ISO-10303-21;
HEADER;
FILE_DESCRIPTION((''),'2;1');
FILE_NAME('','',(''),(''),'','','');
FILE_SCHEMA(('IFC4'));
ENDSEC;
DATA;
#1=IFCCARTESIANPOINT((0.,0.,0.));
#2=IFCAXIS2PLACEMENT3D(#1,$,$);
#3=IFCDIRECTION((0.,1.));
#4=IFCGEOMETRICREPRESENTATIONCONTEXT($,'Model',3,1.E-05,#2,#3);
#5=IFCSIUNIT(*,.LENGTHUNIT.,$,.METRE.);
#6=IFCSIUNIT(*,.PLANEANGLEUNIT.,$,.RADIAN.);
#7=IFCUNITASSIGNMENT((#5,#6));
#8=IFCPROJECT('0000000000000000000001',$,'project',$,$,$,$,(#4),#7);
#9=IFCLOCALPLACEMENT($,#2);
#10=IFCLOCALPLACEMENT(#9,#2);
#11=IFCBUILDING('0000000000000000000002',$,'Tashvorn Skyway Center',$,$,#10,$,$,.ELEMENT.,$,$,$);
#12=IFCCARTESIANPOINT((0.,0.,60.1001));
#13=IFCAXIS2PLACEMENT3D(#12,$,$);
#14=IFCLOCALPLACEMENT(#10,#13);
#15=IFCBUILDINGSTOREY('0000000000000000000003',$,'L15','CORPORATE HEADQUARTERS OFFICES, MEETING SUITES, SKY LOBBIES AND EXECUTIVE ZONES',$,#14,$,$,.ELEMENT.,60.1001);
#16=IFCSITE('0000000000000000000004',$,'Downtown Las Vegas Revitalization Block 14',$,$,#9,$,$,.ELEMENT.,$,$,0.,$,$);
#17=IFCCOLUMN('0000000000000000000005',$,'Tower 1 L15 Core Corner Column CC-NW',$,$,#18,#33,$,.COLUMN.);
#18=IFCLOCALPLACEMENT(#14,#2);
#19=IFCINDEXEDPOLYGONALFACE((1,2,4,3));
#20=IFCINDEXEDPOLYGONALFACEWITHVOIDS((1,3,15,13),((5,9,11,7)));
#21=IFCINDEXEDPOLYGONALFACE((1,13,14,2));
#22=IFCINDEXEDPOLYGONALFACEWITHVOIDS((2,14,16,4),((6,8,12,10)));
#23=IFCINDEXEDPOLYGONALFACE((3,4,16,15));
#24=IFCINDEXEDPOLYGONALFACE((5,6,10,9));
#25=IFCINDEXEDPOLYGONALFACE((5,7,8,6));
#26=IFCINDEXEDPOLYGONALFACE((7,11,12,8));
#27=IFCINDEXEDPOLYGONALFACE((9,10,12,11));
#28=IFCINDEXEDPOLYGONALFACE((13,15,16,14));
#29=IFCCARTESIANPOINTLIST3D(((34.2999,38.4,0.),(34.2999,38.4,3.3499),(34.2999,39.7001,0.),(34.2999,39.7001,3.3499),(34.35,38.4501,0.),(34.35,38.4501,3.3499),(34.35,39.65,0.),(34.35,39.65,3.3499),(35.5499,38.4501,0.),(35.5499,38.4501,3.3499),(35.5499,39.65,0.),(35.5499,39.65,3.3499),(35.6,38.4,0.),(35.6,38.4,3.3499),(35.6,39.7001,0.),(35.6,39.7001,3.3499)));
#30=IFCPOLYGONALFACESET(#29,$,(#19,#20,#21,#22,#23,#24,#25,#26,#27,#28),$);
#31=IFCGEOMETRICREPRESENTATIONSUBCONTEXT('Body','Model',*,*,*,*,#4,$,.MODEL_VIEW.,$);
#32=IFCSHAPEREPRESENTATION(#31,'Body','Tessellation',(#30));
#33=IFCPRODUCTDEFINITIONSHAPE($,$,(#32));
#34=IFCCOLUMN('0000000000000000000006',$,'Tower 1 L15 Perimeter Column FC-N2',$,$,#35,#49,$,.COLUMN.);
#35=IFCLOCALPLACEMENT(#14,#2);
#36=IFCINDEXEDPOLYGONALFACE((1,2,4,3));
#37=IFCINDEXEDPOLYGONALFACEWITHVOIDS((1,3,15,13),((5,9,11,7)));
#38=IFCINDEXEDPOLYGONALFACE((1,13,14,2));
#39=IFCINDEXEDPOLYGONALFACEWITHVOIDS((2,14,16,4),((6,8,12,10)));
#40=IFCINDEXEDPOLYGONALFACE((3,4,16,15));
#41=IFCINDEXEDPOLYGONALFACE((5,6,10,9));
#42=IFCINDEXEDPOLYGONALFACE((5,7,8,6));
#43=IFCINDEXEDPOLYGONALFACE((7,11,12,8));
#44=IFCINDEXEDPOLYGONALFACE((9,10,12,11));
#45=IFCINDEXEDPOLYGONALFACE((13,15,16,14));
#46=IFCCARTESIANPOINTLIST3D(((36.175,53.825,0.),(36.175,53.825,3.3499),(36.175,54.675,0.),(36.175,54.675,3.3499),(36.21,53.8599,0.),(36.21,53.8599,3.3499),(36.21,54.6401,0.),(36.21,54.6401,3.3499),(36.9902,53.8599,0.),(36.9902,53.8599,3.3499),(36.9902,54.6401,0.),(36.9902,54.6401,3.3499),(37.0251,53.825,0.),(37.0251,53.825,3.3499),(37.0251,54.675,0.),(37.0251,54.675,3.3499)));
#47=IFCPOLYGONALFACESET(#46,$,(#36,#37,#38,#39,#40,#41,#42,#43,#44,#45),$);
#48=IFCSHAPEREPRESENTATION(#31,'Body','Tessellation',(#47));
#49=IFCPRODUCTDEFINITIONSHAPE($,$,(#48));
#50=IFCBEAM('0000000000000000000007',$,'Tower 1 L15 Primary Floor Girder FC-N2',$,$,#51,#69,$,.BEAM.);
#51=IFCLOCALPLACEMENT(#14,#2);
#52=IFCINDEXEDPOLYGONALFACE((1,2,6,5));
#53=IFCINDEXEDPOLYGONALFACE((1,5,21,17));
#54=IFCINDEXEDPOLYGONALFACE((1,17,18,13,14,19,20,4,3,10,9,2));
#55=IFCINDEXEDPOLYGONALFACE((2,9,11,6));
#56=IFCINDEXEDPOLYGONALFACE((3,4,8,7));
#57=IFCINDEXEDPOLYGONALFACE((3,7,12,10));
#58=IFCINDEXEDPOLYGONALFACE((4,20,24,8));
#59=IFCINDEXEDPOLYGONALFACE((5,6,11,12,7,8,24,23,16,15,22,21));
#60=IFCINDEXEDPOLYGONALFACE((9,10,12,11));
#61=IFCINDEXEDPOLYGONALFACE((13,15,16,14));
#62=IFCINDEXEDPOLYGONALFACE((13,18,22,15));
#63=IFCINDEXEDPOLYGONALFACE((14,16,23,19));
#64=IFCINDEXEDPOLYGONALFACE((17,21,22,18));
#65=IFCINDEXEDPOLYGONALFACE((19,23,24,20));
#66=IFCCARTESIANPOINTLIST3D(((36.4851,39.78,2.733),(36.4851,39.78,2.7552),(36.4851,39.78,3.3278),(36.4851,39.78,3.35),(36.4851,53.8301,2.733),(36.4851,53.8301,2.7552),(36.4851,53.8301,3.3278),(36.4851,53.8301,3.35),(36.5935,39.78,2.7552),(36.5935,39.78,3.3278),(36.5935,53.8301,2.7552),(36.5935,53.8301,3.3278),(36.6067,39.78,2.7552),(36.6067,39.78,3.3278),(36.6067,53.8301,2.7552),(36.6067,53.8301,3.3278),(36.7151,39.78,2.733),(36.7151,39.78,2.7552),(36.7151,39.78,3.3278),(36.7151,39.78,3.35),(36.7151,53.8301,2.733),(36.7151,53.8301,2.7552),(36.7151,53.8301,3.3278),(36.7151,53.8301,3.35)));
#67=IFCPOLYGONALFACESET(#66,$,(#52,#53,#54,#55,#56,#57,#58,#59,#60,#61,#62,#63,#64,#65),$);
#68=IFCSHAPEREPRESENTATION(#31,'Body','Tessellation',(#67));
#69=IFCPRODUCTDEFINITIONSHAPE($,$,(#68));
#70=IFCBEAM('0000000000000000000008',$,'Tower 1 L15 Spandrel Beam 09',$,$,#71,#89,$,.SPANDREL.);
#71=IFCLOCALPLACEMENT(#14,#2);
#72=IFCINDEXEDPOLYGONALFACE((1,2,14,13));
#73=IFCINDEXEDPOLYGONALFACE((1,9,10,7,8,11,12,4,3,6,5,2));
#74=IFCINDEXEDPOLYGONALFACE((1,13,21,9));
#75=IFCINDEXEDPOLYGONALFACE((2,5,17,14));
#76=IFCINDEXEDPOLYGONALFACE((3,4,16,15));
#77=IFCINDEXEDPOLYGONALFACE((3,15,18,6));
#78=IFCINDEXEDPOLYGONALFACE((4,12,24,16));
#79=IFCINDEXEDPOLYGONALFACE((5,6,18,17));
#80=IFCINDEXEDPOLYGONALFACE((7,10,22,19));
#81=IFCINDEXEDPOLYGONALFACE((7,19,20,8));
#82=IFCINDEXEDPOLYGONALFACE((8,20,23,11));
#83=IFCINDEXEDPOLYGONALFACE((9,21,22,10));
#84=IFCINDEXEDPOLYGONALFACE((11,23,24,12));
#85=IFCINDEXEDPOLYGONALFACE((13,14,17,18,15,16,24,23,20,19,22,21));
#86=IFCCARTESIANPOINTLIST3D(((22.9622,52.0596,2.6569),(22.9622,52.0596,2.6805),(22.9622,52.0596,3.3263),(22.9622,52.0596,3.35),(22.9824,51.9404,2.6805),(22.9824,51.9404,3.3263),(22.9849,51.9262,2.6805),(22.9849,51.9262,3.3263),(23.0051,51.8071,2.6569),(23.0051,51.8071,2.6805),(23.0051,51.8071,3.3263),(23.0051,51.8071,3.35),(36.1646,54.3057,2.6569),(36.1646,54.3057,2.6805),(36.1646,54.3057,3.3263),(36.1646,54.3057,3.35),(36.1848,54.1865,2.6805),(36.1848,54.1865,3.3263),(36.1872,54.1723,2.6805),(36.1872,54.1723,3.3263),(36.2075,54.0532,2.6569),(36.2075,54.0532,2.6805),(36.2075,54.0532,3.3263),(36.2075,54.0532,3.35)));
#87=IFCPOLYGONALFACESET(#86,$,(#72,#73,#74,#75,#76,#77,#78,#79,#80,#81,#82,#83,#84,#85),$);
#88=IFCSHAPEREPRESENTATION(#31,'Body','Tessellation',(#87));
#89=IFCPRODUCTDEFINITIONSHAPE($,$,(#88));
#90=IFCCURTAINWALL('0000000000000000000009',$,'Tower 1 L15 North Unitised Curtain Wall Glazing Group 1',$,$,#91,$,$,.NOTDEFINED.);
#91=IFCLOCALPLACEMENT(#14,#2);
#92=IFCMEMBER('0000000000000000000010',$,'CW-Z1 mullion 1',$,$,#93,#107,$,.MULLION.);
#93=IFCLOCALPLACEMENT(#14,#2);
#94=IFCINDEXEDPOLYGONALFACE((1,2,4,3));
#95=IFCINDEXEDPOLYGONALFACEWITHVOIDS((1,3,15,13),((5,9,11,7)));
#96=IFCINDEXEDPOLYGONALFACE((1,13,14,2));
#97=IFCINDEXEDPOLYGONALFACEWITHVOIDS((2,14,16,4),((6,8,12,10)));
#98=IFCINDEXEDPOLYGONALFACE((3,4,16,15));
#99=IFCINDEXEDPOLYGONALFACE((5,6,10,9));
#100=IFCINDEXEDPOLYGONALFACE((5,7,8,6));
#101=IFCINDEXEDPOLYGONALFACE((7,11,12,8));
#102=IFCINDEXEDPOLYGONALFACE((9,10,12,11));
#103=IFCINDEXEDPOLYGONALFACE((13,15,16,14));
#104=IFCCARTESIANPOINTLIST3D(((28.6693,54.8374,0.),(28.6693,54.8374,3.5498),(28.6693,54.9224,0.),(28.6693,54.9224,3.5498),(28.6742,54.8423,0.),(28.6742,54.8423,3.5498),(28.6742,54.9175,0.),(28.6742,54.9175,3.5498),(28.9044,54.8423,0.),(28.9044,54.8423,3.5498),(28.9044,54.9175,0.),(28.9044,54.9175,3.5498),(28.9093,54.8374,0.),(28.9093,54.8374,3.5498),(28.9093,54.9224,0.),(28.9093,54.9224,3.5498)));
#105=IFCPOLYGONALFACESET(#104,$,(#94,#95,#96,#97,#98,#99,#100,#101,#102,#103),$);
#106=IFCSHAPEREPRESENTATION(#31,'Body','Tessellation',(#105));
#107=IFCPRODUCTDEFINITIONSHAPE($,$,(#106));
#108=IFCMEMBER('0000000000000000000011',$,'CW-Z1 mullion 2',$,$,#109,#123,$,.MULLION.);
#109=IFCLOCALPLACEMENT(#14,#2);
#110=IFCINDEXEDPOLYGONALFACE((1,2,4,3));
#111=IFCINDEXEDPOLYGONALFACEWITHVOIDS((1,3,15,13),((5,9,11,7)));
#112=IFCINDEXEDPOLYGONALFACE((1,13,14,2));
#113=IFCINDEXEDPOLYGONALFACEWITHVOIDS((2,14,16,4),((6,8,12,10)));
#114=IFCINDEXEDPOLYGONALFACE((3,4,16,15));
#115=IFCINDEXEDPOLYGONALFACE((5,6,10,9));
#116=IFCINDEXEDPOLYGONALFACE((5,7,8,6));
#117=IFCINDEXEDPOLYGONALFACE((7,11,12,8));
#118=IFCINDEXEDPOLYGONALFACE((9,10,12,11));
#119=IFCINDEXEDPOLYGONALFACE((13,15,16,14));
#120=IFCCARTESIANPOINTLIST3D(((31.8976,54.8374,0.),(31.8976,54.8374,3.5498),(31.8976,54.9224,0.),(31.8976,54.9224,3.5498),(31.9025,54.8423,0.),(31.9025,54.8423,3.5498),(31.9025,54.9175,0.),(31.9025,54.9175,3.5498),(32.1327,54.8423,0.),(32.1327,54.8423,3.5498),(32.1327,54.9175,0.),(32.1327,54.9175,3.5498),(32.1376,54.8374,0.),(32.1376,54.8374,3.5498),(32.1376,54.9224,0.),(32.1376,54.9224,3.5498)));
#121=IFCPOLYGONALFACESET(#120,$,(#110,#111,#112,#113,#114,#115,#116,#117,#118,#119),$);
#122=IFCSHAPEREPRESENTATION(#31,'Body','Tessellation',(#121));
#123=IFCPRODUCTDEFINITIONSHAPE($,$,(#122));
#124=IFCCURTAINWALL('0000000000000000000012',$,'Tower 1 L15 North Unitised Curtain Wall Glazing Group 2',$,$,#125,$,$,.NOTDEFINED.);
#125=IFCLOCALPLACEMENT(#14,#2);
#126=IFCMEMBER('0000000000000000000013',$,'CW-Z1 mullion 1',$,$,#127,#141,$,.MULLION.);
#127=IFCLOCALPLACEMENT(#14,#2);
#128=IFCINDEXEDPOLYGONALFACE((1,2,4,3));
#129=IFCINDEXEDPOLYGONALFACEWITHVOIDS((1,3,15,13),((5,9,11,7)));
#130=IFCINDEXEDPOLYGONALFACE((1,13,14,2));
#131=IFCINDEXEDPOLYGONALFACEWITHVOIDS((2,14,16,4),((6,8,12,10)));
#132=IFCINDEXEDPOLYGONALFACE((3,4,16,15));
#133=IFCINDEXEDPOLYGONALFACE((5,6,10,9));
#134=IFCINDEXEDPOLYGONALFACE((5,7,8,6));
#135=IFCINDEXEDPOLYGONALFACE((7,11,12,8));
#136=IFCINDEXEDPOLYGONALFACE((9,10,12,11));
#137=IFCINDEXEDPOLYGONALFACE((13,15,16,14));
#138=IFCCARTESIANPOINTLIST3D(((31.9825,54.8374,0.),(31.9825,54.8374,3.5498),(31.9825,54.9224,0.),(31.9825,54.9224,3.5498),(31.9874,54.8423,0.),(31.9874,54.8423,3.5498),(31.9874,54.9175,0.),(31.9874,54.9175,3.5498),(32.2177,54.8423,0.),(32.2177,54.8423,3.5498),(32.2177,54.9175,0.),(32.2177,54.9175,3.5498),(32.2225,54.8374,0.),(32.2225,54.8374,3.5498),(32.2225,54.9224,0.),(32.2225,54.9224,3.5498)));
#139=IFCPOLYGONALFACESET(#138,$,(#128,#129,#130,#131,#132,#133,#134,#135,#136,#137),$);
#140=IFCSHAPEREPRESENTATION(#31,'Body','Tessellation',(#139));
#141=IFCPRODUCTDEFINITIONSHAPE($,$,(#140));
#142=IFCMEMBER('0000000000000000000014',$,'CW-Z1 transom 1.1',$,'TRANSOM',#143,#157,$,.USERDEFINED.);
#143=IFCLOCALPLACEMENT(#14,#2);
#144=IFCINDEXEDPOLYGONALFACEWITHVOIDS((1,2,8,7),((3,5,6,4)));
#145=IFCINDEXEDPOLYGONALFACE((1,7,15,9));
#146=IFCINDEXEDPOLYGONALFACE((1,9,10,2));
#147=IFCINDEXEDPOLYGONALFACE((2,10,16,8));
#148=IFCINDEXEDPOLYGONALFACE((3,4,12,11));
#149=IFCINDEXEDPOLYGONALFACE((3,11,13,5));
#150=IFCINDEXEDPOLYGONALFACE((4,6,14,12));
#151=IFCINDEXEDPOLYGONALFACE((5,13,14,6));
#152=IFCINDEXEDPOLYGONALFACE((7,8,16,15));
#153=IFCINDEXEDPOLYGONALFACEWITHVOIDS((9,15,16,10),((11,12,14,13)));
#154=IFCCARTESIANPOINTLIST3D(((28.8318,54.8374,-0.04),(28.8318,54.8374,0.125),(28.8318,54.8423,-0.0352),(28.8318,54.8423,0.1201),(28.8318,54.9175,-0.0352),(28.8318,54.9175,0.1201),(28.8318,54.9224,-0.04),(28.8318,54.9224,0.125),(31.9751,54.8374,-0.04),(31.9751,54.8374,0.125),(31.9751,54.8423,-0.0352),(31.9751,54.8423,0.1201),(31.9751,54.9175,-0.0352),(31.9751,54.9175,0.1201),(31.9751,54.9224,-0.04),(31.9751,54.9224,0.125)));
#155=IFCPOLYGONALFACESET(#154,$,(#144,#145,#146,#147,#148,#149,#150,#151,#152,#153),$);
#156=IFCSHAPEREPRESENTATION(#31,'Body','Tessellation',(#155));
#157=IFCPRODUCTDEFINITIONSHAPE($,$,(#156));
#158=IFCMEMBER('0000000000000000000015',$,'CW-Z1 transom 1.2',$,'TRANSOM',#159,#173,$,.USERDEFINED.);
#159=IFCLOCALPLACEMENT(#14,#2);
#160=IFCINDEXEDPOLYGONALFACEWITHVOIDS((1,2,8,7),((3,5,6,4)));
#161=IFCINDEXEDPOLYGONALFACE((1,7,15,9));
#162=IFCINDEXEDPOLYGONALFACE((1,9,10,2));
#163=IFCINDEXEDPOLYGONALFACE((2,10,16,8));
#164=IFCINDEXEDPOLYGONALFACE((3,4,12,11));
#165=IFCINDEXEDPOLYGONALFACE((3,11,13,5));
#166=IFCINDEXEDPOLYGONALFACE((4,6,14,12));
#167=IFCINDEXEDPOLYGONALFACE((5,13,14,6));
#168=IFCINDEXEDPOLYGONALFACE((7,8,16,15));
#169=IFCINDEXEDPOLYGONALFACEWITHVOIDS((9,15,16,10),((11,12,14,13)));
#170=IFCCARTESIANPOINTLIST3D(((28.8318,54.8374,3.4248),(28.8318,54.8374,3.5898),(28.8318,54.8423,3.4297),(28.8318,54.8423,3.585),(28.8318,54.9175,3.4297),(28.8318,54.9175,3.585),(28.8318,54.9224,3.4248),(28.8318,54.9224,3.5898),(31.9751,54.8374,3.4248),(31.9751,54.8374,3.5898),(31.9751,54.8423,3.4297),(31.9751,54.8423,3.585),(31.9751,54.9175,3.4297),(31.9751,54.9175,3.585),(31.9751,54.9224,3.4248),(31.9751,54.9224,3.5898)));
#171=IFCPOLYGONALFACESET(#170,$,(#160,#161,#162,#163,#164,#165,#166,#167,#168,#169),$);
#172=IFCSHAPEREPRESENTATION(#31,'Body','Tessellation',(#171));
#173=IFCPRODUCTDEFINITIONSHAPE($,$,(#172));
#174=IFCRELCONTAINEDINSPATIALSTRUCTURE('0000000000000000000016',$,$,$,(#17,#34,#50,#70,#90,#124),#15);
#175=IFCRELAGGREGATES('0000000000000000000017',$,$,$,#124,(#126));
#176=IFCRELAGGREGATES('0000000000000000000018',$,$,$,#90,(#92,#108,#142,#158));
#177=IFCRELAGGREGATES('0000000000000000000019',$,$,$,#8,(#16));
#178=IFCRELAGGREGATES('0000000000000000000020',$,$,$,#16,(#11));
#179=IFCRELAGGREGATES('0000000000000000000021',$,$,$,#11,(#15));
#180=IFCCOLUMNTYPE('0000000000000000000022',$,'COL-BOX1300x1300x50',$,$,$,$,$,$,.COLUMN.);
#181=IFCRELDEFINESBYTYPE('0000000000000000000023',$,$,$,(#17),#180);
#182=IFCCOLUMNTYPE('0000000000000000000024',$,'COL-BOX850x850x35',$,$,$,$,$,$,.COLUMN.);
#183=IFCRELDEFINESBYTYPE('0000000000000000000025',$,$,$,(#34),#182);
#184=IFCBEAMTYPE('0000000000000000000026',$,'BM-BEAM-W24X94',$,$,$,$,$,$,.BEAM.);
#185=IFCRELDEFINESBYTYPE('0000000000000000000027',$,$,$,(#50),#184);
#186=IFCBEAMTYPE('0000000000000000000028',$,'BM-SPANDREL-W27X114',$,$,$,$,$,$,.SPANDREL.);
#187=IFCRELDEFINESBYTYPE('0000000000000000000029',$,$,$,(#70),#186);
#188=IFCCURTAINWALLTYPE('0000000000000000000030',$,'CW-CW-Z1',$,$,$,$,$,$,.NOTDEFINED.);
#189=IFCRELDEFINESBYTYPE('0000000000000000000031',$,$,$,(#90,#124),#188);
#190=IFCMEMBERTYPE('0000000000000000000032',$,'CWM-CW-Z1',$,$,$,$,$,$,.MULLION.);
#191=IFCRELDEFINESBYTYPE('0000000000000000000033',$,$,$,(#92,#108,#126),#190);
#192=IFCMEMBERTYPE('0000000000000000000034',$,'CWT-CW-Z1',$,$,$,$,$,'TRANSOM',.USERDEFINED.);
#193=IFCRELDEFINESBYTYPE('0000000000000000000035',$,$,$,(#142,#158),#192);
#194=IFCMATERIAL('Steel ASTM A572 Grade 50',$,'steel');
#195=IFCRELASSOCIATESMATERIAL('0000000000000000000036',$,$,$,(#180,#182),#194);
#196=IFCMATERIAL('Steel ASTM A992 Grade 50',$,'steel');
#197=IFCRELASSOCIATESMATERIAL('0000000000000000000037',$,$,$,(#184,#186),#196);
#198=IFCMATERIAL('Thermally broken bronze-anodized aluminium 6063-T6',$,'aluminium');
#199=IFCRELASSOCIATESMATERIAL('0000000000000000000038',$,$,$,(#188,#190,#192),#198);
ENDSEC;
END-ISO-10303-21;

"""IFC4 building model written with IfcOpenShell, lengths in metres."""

from ifc_helpers import new_model, si_unit, direction, frame, origin, origin_2d, place, context, subcontext, project, spatial, hollow_rectangle, i_section, extrude, material, material_profile, profile_set, type_object, element, aggregate, save


model = new_model("IFC4")

# Units and contexts
model_context = context("Model", 3, precision=1e-05, world=origin(), true_north=direction((0.0, 1.0)))
body_context = subcontext(model_context, "Body", "Model", "MODEL_VIEW")
ifc_project = project(units=[si_unit("LENGTHUNIT", "METRE"), si_unit("PLANEANGLEUNIT", "RADIAN")], contexts=[model_context])

# Site, building, storey
site_placement = place(None, origin())
site = spatial("IfcSite", under=ifc_project, at=site_placement, Name="Downtown Las Vegas Revitalization Block 14", CompositionType="ELEMENT", RefElevation=0.0)
building_placement = place(site_placement, origin())
building = spatial("IfcBuilding", under=site, at=building_placement, Name="Tashvorn Skyway Center", CompositionType="ELEMENT")
storey_placement = place(building_placement, frame((0.0, 0.0, 60.1001)))
storey = spatial("IfcBuildingStorey", under=building, at=storey_placement, Name="L15", Description="CORPORATE HEADQUARTERS OFFICES, MEETING SUITES, SKY LOBBIES AND EXECUTIVE ZONES", CompositionType="ELEMENT", Elevation=60.1001)

# Columns
ifc_material_1 = material(Name="Steel ASTM A572 Grade 50", Category="steel")
ifc_material_profile_1 = material_profile(ifc_material_1, hollow_rectangle(XDim=1.3, YDim=1.3, WallThickness=0.05, at=origin_2d()), Name="BOX1300x1300x50")
ifc_profile_set_1 = profile_set([ifc_material_profile_1], Name="Steel ASTM A572 Grade 50")
column_type_1 = type_object("IfcColumnType", Name="COL-BOX1300x1300x50", PredefinedType="COLUMN", material=ifc_profile_set_1)
column_1_placement = place(storey_placement, frame((34.95, 39.05, 0.0), z_axis=(0.0, 0.0, 1.0), x_axis=(1.0, 0.0, 0.0)))
element("IfcColumn", 1, at=column_1_placement, inside=storey, type_object=column_type_1, Name="Tower 1 L15 Core Corner Column CC-NW", PredefinedType="COLUMN", context=body_context, shape_type="SweptSolid", body=[
    extrude(hollow_rectangle(XDim=1.3, YDim=1.3, WallThickness=0.05, at=origin_2d()), origin(), (0.0, 0.0, 1.0), 3.3499),
])
ifc_material_profile_2 = material_profile(ifc_material_1, hollow_rectangle(XDim=0.8501, YDim=0.8501, WallThickness=0.0349, at=origin_2d()), Name="BOX850x850x35")
ifc_profile_set_2 = profile_set([ifc_material_profile_2], Name="Steel ASTM A572 Grade 50")
column_type_2 = type_object("IfcColumnType", Name="COL-BOX850x850x35", PredefinedType="COLUMN", material=ifc_profile_set_2)
column_2_placement = place(storey_placement, frame((36.6001, 54.25, 0.0), z_axis=(0.0, 0.0, 1.0), x_axis=(1.0, 0.0, 0.0)))
element("IfcColumn", 2, at=column_2_placement, inside=storey, type_object=column_type_2, Name="Tower 1 L15 Perimeter Column FC-N2", PredefinedType="COLUMN", context=body_context, shape_type="SweptSolid", body=[
    extrude(hollow_rectangle(XDim=0.8501, YDim=0.8501, WallThickness=0.0349, at=origin_2d()), origin(), (0.0, 0.0, 1.0), 3.3499),
])

# Beams
ifc_material_2 = material(Name="Steel ASTM A992 Grade 50", Category="steel")
ifc_material_profile_3 = material_profile(ifc_material_2, i_section(OverallWidth=0.23, OverallDepth=0.6169, WebThickness=0.0132, FlangeThickness=0.0222, at=origin_2d()), Name="W24X94")
ifc_profile_set_3 = profile_set([ifc_material_profile_3], Name="Steel ASTM A992 Grade 50")
beam_type_1 = type_object("IfcBeamType", Name="BM-BEAM-W24X94", PredefinedType="BEAM", material=ifc_profile_set_3)
beam_1_placement = place(storey_placement, frame((36.6001, 53.8301, 3.0415), z_axis=(0.0, -1.0, 0.0), x_axis=(1.0, 0.0, 0.0)))
element("IfcBeam", 3, at=beam_1_placement, inside=storey, type_object=beam_type_1, Name="Tower 1 L15 Primary Floor Girder FC-N2", PredefinedType="BEAM", context=body_context, shape_type="SweptSolid", body=[
    extrude(i_section(OverallWidth=0.23, OverallDepth=0.6169, WebThickness=0.0132, FlangeThickness=0.0222, at=origin_2d()), origin(), (0.0, 0.0, 1.0), 14.05),
])
ifc_material_profile_4 = material_profile(ifc_material_2, i_section(OverallWidth=0.2561, OverallDepth=0.6931, WebThickness=0.0144, FlangeThickness=0.0237, at=origin_2d()), Name="W27X114")
ifc_profile_set_4 = profile_set([ifc_material_profile_4], Name="Steel ASTM A992 Grade 50")
beam_type_2 = type_object("IfcBeamType", Name="BM-SPANDREL-W27X114", PredefinedType="SPANDREL", material=ifc_profile_set_4)
beam_2_placement = place(storey_placement, frame((36.186, 54.1794, 3.0034), z_axis=(-0.985835, -0.167718, 0.0), x_axis=(0.167718, -0.985835, 0.0)))
element("IfcBeam", 4, at=beam_2_placement, inside=storey, type_object=beam_type_2, Name="Tower 1 L15 Spandrel Beam 09", PredefinedType="SPANDREL", context=body_context, shape_type="SweptSolid", body=[
    extrude(i_section(OverallWidth=0.2561, OverallDepth=0.6931, WebThickness=0.0144, FlangeThickness=0.0237, at=origin_2d()), origin(), (0.0, 0.0, 1.0), 13.3921),
])

# Curtain wall, members
ifc_material_3 = material(Name="Thermally broken bronze-anodized aluminium 6063-T6", Category="aluminium")
curtain_wall_type = type_object("IfcCurtainWallType", Name="CW-CW-Z1", PredefinedType="NOTDEFINED", material=ifc_material_3)
curtain_wall_1_placement = place(storey_placement, origin())
curtain_wall_1 = element("IfcCurtainWall", 5, at=curtain_wall_1_placement, inside=storey, type_object=curtain_wall_type, Name="Tower 1 L15 North Unitised Curtain Wall Glazing Group 1", PredefinedType="NOTDEFINED")
ifc_material_profile_5 = material_profile(ifc_material_3, hollow_rectangle(XDim=0.085, YDim=0.24, WallThickness=0.0049, at=origin_2d()), Name="ALU-MULL-85x240")
ifc_profile_set_5 = profile_set([ifc_material_profile_5], Name="Thermally broken bronze-anodized aluminium 6063-T6")
member_type_1 = type_object("IfcMemberType", Name="CWM-CW-Z1", PredefinedType="MULLION", material=ifc_profile_set_5)
member_1_placement = place(storey_placement, frame((28.7893, 54.8799, 0.0), z_axis=(0.0, 0.0, 1.0), x_axis=(0.0, 1.0, 0.0)))
member_1 = element("IfcMember", 6, at=member_1_placement, type_object=member_type_1, Name="CW-Z1 mullion 1", PredefinedType="MULLION", context=body_context, shape_type="SweptSolid", body=[
    extrude(hollow_rectangle(XDim=0.085, YDim=0.24, WallThickness=0.0049, at=origin_2d()), origin(), (0.0, 0.0, 1.0), 3.5498),
])
member_2_placement = place(storey_placement, frame((32.0176, 54.8799, 0.0), z_axis=(0.0, 0.0, 1.0), x_axis=(0.0, 1.0, 0.0)))
member_2 = element("IfcMember", 7, at=member_2_placement, type_object=member_type_1, Name="CW-Z1 mullion 2", PredefinedType="MULLION", context=body_context, shape_type="SweptSolid", body=[
    extrude(hollow_rectangle(XDim=0.085, YDim=0.24, WallThickness=0.0049, at=origin_2d()), origin(), (0.0, 0.0, 1.0), 3.5498),
])

# Curtain wall, member
curtain_wall_2_placement = place(storey_placement, origin())
curtain_wall_2 = element("IfcCurtainWall", 8, at=curtain_wall_2_placement, inside=storey, type_object=curtain_wall_type, Name="Tower 1 L15 North Unitised Curtain Wall Glazing Group 2", PredefinedType="NOTDEFINED")
member_3_placement = place(storey_placement, frame((32.1025, 54.8799, 0.0), z_axis=(0.0, 0.0, 1.0), x_axis=(0.0, 1.0, 0.0)))
member_3 = element("IfcMember", 9, at=member_3_placement, type_object=member_type_1, Name="CW-Z1 mullion 1", PredefinedType="MULLION", context=body_context, shape_type="SweptSolid", body=[
    extrude(hollow_rectangle(XDim=0.085, YDim=0.24, WallThickness=0.0049, at=origin_2d()), origin(), (0.0, 0.0, 1.0), 3.5498),
])

# Members
ifc_material_profile_6 = material_profile(ifc_material_3, hollow_rectangle(XDim=0.085, YDim=0.165, WallThickness=0.0049, at=origin_2d()), Name="ALU-TRAN-85x165")
ifc_profile_set_6 = profile_set([ifc_material_profile_6], Name="Thermally broken bronze-anodized aluminium 6063-T6")
member_type_2 = type_object("IfcMemberType", Name="CWT-CW-Z1", ElementType="TRANSOM", PredefinedType="USERDEFINED", material=ifc_profile_set_6)
member_4_placement = place(storey_placement, frame((28.8318, 54.8799, 0.0425), z_axis=(1.0, 0.0, 0.0), x_axis=(0.0, 1.0, 0.0)))
member_4 = element("IfcMember", 10, at=member_4_placement, type_object=member_type_2, Name="CW-Z1 transom 1.1", ObjectType="TRANSOM", PredefinedType="USERDEFINED", context=body_context, shape_type="SweptSolid", body=[
    extrude(hollow_rectangle(XDim=0.085, YDim=0.165, WallThickness=0.0049, at=origin_2d()), origin(), (0.0, 0.0, 1.0), 3.1433),
])
member_5_placement = place(storey_placement, frame((28.8318, 54.8799, 3.5073), z_axis=(1.0, 0.0, 0.0), x_axis=(0.0, 1.0, 0.0)))
member_5 = element("IfcMember", 11, at=member_5_placement, type_object=member_type_2, Name="CW-Z1 transom 1.2", ObjectType="TRANSOM", PredefinedType="USERDEFINED", context=body_context, shape_type="SweptSolid", body=[
    extrude(hollow_rectangle(XDim=0.085, YDim=0.165, WallThickness=0.0049, at=origin_2d()), origin(), (0.0, 0.0, 1.0), 3.1433),
])
aggregate(curtain_wall_2, [member_3])

aggregate(curtain_wall_1, [member_1, member_2, member_4, member_5])

save(model, "model.ifc")
